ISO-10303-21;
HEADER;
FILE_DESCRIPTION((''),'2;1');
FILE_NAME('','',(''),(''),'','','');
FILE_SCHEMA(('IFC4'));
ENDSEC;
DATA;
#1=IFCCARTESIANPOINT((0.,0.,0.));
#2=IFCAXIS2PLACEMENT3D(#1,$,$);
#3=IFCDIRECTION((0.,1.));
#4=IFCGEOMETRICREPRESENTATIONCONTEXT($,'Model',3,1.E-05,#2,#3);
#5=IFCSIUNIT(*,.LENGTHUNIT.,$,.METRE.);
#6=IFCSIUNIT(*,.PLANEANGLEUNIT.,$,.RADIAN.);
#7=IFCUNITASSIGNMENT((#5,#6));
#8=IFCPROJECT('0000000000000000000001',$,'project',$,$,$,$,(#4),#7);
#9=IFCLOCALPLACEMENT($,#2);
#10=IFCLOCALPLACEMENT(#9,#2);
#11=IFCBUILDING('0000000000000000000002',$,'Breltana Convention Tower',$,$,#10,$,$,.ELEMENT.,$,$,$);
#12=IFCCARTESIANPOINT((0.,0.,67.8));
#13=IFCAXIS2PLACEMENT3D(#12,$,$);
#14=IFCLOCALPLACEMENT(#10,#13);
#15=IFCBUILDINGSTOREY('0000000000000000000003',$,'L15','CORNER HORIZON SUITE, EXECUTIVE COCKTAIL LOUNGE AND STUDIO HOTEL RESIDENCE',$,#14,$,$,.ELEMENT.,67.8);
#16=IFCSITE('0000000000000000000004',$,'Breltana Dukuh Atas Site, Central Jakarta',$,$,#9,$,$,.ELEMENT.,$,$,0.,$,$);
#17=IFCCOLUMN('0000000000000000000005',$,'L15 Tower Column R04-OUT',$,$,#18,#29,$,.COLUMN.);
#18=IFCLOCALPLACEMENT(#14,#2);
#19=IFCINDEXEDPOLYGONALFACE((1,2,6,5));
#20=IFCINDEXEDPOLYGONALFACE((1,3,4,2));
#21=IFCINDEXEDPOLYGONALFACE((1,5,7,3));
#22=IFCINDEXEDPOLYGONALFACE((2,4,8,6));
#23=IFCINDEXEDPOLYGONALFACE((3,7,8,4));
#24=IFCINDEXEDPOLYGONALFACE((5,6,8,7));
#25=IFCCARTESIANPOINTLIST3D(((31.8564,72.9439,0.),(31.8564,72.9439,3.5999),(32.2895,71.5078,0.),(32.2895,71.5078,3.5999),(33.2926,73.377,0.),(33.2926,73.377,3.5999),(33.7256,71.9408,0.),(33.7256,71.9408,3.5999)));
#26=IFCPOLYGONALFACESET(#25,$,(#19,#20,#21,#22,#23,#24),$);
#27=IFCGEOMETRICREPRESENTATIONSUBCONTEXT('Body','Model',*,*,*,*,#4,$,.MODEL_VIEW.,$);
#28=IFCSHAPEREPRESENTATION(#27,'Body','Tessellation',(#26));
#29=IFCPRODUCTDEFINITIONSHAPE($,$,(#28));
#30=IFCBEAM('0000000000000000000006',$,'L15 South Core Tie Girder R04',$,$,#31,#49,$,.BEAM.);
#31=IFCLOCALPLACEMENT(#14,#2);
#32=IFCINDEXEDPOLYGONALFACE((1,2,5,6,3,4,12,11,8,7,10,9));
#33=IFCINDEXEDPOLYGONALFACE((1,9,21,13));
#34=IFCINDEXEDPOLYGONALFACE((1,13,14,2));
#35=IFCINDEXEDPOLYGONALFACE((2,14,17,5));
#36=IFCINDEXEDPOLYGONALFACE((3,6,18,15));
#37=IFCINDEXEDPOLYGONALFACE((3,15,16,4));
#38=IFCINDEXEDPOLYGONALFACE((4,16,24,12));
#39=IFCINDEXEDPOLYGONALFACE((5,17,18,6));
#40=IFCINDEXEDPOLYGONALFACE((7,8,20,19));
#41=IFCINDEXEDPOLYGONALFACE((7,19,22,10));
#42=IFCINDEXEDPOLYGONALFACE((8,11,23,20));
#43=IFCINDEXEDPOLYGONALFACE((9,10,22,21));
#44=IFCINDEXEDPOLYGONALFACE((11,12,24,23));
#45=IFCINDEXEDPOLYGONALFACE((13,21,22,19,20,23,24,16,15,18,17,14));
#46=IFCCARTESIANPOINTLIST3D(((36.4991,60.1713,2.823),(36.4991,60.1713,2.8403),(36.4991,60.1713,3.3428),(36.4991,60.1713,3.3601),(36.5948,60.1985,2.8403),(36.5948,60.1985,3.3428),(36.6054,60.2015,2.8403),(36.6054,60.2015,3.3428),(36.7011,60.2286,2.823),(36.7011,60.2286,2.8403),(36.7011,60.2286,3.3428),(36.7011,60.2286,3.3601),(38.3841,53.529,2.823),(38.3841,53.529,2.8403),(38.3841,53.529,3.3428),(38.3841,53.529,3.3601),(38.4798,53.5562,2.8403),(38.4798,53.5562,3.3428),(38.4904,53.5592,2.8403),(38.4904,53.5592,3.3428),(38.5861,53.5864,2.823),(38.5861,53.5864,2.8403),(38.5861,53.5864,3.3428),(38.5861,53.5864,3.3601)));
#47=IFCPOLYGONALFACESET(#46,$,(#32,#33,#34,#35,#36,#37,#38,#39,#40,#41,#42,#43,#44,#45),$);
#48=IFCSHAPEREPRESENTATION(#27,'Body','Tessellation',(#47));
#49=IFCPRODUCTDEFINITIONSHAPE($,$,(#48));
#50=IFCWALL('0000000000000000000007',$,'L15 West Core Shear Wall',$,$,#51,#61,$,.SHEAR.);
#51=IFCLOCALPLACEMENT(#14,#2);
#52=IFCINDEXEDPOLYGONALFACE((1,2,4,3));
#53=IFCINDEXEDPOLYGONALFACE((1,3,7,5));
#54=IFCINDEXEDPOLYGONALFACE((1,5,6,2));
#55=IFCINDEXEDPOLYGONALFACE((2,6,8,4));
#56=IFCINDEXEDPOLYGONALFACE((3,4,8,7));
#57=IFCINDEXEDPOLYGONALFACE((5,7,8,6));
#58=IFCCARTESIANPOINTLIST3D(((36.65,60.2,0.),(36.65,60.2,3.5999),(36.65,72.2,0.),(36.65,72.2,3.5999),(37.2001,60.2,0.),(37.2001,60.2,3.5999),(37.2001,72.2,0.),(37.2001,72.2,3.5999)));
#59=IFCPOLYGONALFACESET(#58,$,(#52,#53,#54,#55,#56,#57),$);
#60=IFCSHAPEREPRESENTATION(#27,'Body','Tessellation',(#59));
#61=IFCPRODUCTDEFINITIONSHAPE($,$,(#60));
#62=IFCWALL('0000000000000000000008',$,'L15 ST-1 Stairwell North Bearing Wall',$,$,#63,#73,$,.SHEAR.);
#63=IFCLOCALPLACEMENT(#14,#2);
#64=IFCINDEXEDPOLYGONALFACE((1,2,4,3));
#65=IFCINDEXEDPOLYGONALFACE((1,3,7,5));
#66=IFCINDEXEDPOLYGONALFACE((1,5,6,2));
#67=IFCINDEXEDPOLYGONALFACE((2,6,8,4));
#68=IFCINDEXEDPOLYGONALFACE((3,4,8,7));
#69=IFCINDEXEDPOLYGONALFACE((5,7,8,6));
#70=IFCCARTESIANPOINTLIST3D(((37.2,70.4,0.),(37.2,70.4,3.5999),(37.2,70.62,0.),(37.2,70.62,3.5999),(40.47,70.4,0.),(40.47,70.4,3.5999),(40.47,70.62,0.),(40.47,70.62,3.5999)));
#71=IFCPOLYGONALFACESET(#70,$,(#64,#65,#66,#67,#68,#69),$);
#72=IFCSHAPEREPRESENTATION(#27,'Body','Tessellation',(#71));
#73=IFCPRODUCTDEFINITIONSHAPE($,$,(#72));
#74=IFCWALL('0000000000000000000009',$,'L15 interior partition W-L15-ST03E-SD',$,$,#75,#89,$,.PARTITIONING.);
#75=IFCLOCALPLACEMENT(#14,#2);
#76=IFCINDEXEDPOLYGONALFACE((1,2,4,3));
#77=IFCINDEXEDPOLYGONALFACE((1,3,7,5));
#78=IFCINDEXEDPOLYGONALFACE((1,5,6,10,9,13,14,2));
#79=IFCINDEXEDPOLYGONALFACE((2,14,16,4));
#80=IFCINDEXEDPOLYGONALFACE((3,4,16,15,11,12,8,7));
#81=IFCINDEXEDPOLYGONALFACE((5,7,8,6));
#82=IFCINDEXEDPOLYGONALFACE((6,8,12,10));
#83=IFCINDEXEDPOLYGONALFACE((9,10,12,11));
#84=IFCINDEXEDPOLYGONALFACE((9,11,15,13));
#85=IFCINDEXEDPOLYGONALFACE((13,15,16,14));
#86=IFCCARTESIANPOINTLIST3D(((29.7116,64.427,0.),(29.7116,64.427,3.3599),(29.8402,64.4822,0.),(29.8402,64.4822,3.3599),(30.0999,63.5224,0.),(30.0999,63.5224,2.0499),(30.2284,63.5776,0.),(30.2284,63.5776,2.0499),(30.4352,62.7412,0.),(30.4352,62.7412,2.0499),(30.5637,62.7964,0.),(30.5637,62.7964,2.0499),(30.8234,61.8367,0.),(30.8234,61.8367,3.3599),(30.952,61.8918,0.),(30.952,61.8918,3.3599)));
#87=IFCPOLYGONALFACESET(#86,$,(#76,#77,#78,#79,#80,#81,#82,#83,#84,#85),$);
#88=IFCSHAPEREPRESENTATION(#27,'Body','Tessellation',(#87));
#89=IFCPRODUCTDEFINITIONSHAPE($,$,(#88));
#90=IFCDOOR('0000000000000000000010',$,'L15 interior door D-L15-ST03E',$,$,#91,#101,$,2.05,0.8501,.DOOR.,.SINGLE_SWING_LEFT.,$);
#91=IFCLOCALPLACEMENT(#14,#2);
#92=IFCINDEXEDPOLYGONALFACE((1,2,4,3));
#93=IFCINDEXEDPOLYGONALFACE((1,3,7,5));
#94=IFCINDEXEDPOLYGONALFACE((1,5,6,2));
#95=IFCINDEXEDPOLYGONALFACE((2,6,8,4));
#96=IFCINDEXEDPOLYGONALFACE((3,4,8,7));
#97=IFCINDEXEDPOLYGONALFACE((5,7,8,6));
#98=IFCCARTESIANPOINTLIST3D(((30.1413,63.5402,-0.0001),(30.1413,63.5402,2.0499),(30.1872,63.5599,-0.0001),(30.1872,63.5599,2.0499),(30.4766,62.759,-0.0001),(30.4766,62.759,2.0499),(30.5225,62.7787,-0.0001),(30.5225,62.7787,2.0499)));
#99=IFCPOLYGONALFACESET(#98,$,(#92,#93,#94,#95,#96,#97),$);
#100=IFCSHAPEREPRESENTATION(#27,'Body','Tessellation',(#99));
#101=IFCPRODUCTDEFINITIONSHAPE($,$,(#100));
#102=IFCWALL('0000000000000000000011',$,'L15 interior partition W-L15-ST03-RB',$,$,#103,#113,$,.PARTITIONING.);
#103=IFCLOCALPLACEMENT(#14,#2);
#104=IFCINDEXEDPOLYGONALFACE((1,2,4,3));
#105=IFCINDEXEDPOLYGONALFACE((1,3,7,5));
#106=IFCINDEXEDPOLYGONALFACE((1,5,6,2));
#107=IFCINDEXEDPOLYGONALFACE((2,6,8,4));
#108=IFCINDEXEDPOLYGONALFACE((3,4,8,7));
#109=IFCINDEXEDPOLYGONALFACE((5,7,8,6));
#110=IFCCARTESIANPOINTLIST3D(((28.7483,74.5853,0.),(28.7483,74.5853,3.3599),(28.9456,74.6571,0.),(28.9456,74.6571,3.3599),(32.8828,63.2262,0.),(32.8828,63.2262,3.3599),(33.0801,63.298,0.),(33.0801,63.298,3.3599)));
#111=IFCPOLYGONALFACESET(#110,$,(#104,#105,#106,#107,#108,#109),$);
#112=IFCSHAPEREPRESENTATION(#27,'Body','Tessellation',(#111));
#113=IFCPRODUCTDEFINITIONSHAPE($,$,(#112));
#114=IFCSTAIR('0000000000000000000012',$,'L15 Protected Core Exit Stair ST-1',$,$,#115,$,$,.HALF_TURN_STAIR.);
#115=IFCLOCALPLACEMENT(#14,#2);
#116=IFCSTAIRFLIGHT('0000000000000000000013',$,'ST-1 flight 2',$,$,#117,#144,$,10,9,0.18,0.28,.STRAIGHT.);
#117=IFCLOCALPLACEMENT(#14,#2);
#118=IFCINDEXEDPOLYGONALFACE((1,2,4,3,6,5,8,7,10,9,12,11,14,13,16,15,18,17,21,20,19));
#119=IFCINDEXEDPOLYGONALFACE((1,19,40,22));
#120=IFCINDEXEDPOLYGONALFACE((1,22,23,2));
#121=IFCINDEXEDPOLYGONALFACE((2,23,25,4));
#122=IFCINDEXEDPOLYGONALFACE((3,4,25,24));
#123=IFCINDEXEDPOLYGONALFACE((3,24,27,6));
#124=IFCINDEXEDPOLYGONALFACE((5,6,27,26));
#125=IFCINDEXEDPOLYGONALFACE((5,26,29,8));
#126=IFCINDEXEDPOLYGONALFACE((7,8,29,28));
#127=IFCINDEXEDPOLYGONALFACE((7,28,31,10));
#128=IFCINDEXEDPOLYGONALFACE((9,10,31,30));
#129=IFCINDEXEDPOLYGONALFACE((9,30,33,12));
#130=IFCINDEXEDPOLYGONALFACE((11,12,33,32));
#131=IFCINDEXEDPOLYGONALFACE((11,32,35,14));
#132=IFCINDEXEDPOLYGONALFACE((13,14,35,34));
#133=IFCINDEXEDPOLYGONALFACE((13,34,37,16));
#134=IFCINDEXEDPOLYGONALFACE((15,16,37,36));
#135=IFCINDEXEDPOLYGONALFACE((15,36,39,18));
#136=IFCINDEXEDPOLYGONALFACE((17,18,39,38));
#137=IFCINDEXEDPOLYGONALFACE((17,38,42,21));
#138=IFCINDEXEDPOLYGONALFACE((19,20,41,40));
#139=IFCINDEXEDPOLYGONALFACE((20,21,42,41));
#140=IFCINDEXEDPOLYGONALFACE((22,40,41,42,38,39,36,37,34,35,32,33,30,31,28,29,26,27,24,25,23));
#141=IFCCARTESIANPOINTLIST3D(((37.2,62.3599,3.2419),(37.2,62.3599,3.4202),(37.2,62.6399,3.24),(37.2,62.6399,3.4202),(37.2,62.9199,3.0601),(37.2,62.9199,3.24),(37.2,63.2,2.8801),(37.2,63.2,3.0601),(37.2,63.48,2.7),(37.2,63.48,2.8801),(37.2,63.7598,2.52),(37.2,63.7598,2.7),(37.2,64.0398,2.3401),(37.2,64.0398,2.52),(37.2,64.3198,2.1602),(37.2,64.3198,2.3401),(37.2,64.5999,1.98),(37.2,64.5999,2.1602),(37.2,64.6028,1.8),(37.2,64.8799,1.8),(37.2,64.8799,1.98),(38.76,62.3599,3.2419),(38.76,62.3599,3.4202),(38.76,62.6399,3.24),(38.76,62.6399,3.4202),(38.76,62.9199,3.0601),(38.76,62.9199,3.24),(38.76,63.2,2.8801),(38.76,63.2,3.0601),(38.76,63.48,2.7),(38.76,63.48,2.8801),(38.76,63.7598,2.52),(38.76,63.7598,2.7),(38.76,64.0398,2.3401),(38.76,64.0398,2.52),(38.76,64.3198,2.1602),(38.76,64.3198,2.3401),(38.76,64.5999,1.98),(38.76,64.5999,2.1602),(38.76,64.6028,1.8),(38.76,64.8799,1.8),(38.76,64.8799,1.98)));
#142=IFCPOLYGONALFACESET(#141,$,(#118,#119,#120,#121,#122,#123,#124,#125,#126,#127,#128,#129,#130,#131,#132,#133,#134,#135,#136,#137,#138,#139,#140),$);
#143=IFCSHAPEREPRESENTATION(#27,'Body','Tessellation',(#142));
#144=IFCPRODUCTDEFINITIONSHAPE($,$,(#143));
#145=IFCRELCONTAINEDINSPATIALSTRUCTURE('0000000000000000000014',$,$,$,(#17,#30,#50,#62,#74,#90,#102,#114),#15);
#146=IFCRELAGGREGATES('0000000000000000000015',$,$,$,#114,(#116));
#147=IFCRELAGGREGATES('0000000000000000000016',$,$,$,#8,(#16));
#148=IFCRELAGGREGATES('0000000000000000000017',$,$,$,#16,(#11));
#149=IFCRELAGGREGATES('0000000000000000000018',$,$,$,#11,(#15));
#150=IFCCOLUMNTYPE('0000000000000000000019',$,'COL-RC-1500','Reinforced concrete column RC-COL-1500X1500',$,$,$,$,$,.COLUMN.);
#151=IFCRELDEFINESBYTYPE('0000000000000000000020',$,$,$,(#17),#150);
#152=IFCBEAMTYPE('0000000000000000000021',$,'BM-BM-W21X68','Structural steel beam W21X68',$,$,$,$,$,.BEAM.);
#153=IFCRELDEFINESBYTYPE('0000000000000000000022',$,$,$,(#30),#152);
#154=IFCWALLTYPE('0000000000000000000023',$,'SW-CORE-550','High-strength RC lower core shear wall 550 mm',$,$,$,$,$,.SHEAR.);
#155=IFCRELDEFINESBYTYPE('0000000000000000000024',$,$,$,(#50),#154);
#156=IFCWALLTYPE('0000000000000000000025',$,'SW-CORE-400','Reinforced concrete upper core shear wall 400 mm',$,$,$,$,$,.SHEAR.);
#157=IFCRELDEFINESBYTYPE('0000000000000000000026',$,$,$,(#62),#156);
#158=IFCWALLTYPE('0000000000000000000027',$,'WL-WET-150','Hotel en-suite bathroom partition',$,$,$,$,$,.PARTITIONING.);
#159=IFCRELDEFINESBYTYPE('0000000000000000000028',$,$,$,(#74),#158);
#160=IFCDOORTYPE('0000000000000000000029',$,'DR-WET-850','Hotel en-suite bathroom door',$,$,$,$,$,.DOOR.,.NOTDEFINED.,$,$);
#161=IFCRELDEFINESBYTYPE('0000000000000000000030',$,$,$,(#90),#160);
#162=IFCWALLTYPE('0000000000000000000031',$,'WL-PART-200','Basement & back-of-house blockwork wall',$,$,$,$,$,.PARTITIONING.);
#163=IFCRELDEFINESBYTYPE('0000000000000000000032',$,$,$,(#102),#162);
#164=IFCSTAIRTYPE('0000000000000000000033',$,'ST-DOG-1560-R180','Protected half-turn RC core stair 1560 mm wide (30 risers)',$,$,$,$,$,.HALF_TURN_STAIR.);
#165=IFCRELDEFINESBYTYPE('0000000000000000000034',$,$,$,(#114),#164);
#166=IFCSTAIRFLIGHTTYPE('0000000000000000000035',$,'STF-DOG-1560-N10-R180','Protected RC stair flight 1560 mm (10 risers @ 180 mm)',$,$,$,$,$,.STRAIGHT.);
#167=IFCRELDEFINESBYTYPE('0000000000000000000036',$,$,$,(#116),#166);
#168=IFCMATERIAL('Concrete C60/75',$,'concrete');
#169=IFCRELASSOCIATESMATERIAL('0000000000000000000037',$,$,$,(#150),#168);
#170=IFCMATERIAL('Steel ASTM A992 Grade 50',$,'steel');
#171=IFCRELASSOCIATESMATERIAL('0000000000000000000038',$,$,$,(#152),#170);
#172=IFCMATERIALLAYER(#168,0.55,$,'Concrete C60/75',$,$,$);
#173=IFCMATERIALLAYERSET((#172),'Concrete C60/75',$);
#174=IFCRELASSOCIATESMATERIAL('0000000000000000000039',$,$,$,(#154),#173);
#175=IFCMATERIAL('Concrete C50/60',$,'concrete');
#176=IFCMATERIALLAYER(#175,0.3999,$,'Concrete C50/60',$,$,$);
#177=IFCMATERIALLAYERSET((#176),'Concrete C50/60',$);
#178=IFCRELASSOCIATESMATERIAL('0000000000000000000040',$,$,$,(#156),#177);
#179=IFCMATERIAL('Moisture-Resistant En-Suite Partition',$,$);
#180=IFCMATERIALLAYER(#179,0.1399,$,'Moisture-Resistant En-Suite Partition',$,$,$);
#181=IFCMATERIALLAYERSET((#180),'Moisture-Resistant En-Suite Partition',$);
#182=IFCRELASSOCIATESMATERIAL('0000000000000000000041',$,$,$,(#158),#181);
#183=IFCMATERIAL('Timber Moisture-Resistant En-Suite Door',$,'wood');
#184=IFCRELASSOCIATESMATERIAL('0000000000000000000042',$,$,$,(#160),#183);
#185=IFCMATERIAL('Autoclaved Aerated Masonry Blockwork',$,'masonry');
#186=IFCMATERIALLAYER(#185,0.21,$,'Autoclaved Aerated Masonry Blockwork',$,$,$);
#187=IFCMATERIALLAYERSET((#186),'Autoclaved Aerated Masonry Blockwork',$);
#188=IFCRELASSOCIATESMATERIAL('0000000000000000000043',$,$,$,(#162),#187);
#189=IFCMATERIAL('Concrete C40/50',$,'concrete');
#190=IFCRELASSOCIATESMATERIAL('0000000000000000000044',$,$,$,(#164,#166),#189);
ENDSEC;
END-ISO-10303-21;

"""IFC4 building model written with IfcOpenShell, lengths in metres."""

from ifc_helpers import new_model, si_unit, direction, frame, frame_2d, origin, origin_2d, place, context, subcontext, project, spatial, polyline, rectangle, i_section, outline, extrude, source, transform, mapped, material, layer, layer_set, material_profile, profile_set, type_object, type_shapes, element, fill, aggregate, save


model = new_model("IFC4")

# Units and contexts
model_context = context("Model", 3, precision=1e-05, world=origin(), true_north=direction((0.0, 1.0)))
body_context = subcontext(model_context, "Body", "Model", "MODEL_VIEW")
ifc_project = project(units=[si_unit("LENGTHUNIT", "METRE"), si_unit("PLANEANGLEUNIT", "RADIAN")], contexts=[model_context])

# Site, building, storey
site_placement = place(None, origin())
site = spatial("IfcSite", under=ifc_project, at=site_placement, Name="Breltana Dukuh Atas Site, Central Jakarta", CompositionType="ELEMENT", RefElevation=0.0)
building_placement = place(site_placement, origin())
building = spatial("IfcBuilding", under=site, at=building_placement, Name="Breltana Convention Tower", CompositionType="ELEMENT")
storey_placement = place(building_placement, frame((0.0, 0.0, 67.8)))
storey = spatial("IfcBuildingStorey", under=building, at=storey_placement, Name="L15", Description="CORNER HORIZON SUITE, EXECUTIVE COCKTAIL LOUNGE AND STUDIO HOTEL RESIDENCE", CompositionType="ELEMENT", Elevation=67.8)

# Column
ifc_material_1 = material(Name="Concrete C60/75", Category="concrete")
ifc_material_profile_1 = material_profile(ifc_material_1, rectangle(XDim=1.5, YDim=1.5, at=origin_2d()), Name="RC-COL-1500X1500")
ifc_profile_set_1 = profile_set([ifc_material_profile_1], Name="Concrete C60/75")
column_type = type_object("IfcColumnType", Name="COL-RC-1500", Description="Reinforced concrete column RC-COL-1500X1500", PredefinedType="COLUMN", material=ifc_profile_set_1)
shared_shape_1 = source(origin(), body_context, "Body", "SweptSolid", [
    extrude(rectangle(XDim=1.5, YDim=1.5, at=origin_2d()), origin(), (0.0, 0.0, 1.0), 3.5999),
])
column_placement = place(storey_placement, frame((32.791, 72.4424, 0.0), z_axis=(0.0, 0.0, 1.0), x_axis=(-0.288698, 0.95742, 0.0)))
element("IfcColumn", 1, at=column_placement, inside=storey, type_object=column_type, Name="L15 Tower Column R04-OUT", PredefinedType="COLUMN", context=body_context, shape_type="MappedRepresentation", body=[
    mapped(shared_shape_1, transform((0.0, 0.0, 0.0), scale=1.0)),
])

# Beam
ifc_material_2 = material(Name="Steel ASTM A992 Grade 50", Category="steel")
ifc_material_profile_2 = material_profile(ifc_material_2, i_section(OverallWidth=0.21, OverallDepth=0.5371, WebThickness=0.011, FlangeThickness=0.0173, at=origin_2d()), Name="W21X68")
ifc_profile_set_2 = profile_set([ifc_material_profile_2], Name="Steel ASTM A992 Grade 50")
beam_type = type_object("IfcBeamType", Name="BM-BM-W21X68", Description="Structural steel beam W21X68", PredefinedType="BEAM", material=ifc_profile_set_2)
shared_shape_2 = source(origin(), body_context, "Body", "SweptSolid", [
    extrude(i_section(OverallWidth=0.21, OverallDepth=0.5371, WebThickness=0.011, FlangeThickness=0.0173, at=origin_2d()), origin(), (0.0, 0.0, 1.0), 6.9045),
])
type_shapes(beam_type, [shared_shape_2])
beam_placement = place(storey_placement, frame((36.6001, 60.2, 3.0916), z_axis=(0.273007, -0.962012, 0.0), x_axis=(0.962012, 0.273007, 0.0)))
element("IfcBeam", 2, at=beam_placement, inside=storey, type_object=beam_type, Name="L15 South Core Tie Girder R04", PredefinedType="BEAM", context=body_context, shape_type="MappedRepresentation", body=[
    mapped(shared_shape_2, transform((0.0, 0.0, 0.0), scale=1.0)),
])

# Wall
ifc_layer_1 = layer(ifc_material_1, 0.55, Name="Concrete C60/75")
ifc_layer_set_1 = layer_set([ifc_layer_1], Name="Concrete C60/75")
wall_type_1 = type_object("IfcWallType", Name="SW-CORE-550", Description="High-strength RC lower core shear wall 550 mm", PredefinedType="SHEAR", material=ifc_layer_set_1)
shared_shape_3 = source(origin(), body_context, "Body", "SweptSolid", [
    extrude(rectangle(XDim=12.0, YDim=0.55, at=frame_2d((6.0, 0.0))), origin(), (0.0, 0.0, 1.0), 3.5999),
])
wall_1_placement = place(storey_placement, frame((36.925, 60.2, 0.0), z_axis=(0.0, 0.0, 1.0), x_axis=(0.0, 1.0, 0.0)))
element("IfcWall", 3, at=wall_1_placement, inside=storey, type_object=wall_type_1, Name="L15 West Core Shear Wall", PredefinedType="SHEAR", context=body_context, shape_type="MappedRepresentation", body=[
    mapped(shared_shape_3, transform((0.0, 0.0, 0.0), scale=1.0)),
])

# Wall
ifc_material_3 = material(Name="Concrete C50/60", Category="concrete")
ifc_layer_2 = layer(ifc_material_3, 0.3999, Name="Concrete C50/60")
ifc_layer_set_2 = layer_set([ifc_layer_2], Name="Concrete C50/60")
wall_type_2 = type_object("IfcWallType", Name="SW-CORE-400", Description="Reinforced concrete upper core shear wall 400 mm", PredefinedType="SHEAR", material=ifc_layer_set_2)
shared_shape_4 = source(origin(), body_context, "Body", "SweptSolid", [
    extrude(rectangle(XDim=3.27, YDim=0.22, at=frame_2d((1.635, 0.0))), origin(), (0.0, 0.0, 1.0), 3.5999),
])
wall_2_placement = place(storey_placement, frame((37.2, 70.51, 0.0), z_axis=(0.0, 0.0, 1.0), x_axis=(1.0, 0.0, 0.0)))
element("IfcWall", 4, at=wall_2_placement, inside=storey, type_object=wall_type_2, Name="L15 ST-1 Stairwell North Bearing Wall", PredefinedType="SHEAR", context=body_context, shape_type="MappedRepresentation", body=[
    mapped(shared_shape_4, transform((0.0, 0.0, 0.0), scale=1.0)),
])

# Wall, opening, door
ifc_material_4 = material(Name="Moisture-Resistant En-Suite Partition")
ifc_layer_3 = layer(ifc_material_4, 0.1399, Name="Moisture-Resistant En-Suite Partition")
ifc_layer_set_3 = layer_set([ifc_layer_3], Name="Moisture-Resistant En-Suite Partition")
wall_type_3 = type_object("IfcWallType", Name="WL-WET-150", Description="Hotel en-suite bathroom partition", PredefinedType="PARTITIONING", material=ifc_layer_set_3)
shared_shape_5 = source(origin(), body_context, "Body", "SweptSolid", [
    extrude(rectangle(XDim=2.8188, YDim=0.1399, at=frame_2d((1.4094, 0.0))), origin(), (0.0, 0.0, 1.0), 3.3599),
])
wall_3_placement = place(storey_placement, frame((30.8877, 61.8643, 0.0), z_axis=(0.0, 0.0, 1.0), x_axis=(-0.394421, 0.91893, 0.0)))
wall_3 = element("IfcWall", 5, at=wall_3_placement, inside=storey, type_object=wall_type_3, Name="L15 interior partition W-L15-ST03E-SD", PredefinedType="PARTITIONING", context=body_context, shape_type="MappedRepresentation", body=[
    mapped(shared_shape_5, transform((0.0, 0.0, 0.0), scale=1.0)),
])
opening_1_placement = place(wall_3_placement, frame((0.9844, 0.0, 0.0)))
opening_1 = element("IfcOpeningElement", 6, at=opening_1_placement, cuts=wall_3, PredefinedType="OPENING", context=body_context, shape_type="SweptSolid", body=[
    extrude(rectangle(XDim=0.8501, YDim=2.05, at=frame_2d((0.425, 1.0249))), frame((0.0, 0.0801, 0.0), z_axis=(0.0, -1.0, 0.0), x_axis=(1.0, 0.0, 0.0)), (0.0, 0.0, 1.0), 0.1599),
])
ifc_material_5 = material(Name="Timber Moisture-Resistant En-Suite Door", Category="wood")
door_type_1 = type_object("IfcDoorType", Name="DR-WET-850", Description="Hotel en-suite bathroom door", OperationType="NOTDEFINED", PredefinedType="DOOR", material=ifc_material_5)
shared_shape_6 = source(origin(), body_context, "Body", "SweptSolid", [
    extrude(rectangle(XDim=0.8501, YDim=2.05, at=frame_2d((0.425, 1.0249))), frame((0.0, 0.0249, 0.0), z_axis=(0.0, -1.0, 0.0), x_axis=(1.0, 0.0, 0.0)), (0.0, 0.0, 1.0), 0.05),
])
type_shapes(door_type_1, [shared_shape_6])
door_1_placement = place(opening_1_placement, origin())
door_1 = element("IfcDoor", 7, at=door_1_placement, inside=storey, type_object=door_type_1, Name="L15 interior door D-L15-ST03E", OperationType="SINGLE_SWING_LEFT", OverallHeight=2.05, OverallWidth=0.8501, PredefinedType="DOOR", context=body_context, shape_type="MappedRepresentation", body=[
    mapped(shared_shape_6, transform((0.0, 0.0, 0.0), scale=1.0)),
])
fill(opening_1, door_1)

# Wall
ifc_material_6 = material(Name="Autoclaved Aerated Masonry Blockwork", Category="masonry")
ifc_layer_4 = layer(ifc_material_6, 0.21, Name="Autoclaved Aerated Masonry Blockwork")
ifc_layer_set_4 = layer_set([ifc_layer_4], Name="Autoclaved Aerated Masonry Blockwork")
wall_type_4 = type_object("IfcWallType", Name="WL-PART-200", Description="Basement & back-of-house blockwork wall", PredefinedType="PARTITIONING", material=ifc_layer_set_4)
shared_shape_7 = source(origin(), body_context, "Body", "SweptSolid", [
    extrude(rectangle(XDim=12.0881, YDim=0.21, at=frame_2d((6.0439, 0.0))), origin(), (0.0, 0.0, 1.0), 3.3599),
])
wall_4_placement = place(storey_placement, frame((32.9814, 63.2622, 0.0), z_axis=(0.0, 0.0, 1.0), x_axis=(-0.34203, 0.939689, 0.0)))
element("IfcWall", 8, at=wall_4_placement, inside=storey, type_object=wall_type_4, Name="L15 interior partition W-L15-ST03-RB", PredefinedType="PARTITIONING", context=body_context, shape_type="MappedRepresentation", body=[
    mapped(shared_shape_7, transform((0.0, 0.0, 0.0), scale=1.0)),
])

# Stair, stair flight
ifc_material_7 = material(Name="Concrete C40/50", Category="concrete")
stair_type = type_object("IfcStairType", Name="ST-DOG-1560-R180", Description="Protected half-turn RC core stair 1560 mm wide (30 risers)", PredefinedType="HALF_TURN_STAIR", material=ifc_material_7)
stair_placement = place(storey_placement, origin())
stair = element("IfcStair", 9, at=stair_placement, inside=storey, type_object=stair_type, Name="L15 Protected Core Exit Stair ST-1", PredefinedType="HALF_TURN_STAIR")
stair_flight_type = type_object("IfcStairFlightType", Name="STF-DOG-1560-N10-R180", Description="Protected RC stair flight 1560 mm (10 risers @ 180 mm)", PredefinedType="STRAIGHT", material=ifc_material_7)
stair_flight_placement = place(storey_placement, frame((37.98, 64.8799, 1.8), z_axis=(0.0, 0.0, 1.0), x_axis=(0.0, -1.0, 0.0)))
stair_flight = element("IfcStairFlight", 10, at=stair_flight_placement, type_object=stair_flight_type, Name="ST-1 flight 2", NumberOfRisers=10, NumberOfTreads=9, PredefinedType="STRAIGHT", RiserHeight=0.18, TreadLength=0.28, context=body_context, shape_type="SweptSolid", body=[
    extrude(outline(polyline([(0.0, 0.0), (0.0, 0.1799), (0.28, 0.1799), (0.28, 0.3601), (0.5601, 0.3601), (0.5601, 0.54), (0.8401, 0.54), (0.8401, 0.72), (1.1201, 0.72), (1.1201, 0.8999), (1.3999, 0.8999), (1.3999, 1.0801), (1.6799, 1.0801), (1.6799, 1.26), (1.96, 1.26), (1.96, 1.4399), (2.24, 1.4399), (2.24, 1.6201), (2.52, 1.6201), (2.52, 1.8), (2.52, 1.4419), (0.2771, 0.0), (0.0, 0.0)])), frame((0.0, 0.78, 0.0), z_axis=(0.0, -1.0, 0.0), x_axis=(1.0, 0.0, 0.0)), (0.0, 0.0, 1.0), 1.5601),
])
aggregate(stair, [stair_flight])

save(model, "model.ifc")
